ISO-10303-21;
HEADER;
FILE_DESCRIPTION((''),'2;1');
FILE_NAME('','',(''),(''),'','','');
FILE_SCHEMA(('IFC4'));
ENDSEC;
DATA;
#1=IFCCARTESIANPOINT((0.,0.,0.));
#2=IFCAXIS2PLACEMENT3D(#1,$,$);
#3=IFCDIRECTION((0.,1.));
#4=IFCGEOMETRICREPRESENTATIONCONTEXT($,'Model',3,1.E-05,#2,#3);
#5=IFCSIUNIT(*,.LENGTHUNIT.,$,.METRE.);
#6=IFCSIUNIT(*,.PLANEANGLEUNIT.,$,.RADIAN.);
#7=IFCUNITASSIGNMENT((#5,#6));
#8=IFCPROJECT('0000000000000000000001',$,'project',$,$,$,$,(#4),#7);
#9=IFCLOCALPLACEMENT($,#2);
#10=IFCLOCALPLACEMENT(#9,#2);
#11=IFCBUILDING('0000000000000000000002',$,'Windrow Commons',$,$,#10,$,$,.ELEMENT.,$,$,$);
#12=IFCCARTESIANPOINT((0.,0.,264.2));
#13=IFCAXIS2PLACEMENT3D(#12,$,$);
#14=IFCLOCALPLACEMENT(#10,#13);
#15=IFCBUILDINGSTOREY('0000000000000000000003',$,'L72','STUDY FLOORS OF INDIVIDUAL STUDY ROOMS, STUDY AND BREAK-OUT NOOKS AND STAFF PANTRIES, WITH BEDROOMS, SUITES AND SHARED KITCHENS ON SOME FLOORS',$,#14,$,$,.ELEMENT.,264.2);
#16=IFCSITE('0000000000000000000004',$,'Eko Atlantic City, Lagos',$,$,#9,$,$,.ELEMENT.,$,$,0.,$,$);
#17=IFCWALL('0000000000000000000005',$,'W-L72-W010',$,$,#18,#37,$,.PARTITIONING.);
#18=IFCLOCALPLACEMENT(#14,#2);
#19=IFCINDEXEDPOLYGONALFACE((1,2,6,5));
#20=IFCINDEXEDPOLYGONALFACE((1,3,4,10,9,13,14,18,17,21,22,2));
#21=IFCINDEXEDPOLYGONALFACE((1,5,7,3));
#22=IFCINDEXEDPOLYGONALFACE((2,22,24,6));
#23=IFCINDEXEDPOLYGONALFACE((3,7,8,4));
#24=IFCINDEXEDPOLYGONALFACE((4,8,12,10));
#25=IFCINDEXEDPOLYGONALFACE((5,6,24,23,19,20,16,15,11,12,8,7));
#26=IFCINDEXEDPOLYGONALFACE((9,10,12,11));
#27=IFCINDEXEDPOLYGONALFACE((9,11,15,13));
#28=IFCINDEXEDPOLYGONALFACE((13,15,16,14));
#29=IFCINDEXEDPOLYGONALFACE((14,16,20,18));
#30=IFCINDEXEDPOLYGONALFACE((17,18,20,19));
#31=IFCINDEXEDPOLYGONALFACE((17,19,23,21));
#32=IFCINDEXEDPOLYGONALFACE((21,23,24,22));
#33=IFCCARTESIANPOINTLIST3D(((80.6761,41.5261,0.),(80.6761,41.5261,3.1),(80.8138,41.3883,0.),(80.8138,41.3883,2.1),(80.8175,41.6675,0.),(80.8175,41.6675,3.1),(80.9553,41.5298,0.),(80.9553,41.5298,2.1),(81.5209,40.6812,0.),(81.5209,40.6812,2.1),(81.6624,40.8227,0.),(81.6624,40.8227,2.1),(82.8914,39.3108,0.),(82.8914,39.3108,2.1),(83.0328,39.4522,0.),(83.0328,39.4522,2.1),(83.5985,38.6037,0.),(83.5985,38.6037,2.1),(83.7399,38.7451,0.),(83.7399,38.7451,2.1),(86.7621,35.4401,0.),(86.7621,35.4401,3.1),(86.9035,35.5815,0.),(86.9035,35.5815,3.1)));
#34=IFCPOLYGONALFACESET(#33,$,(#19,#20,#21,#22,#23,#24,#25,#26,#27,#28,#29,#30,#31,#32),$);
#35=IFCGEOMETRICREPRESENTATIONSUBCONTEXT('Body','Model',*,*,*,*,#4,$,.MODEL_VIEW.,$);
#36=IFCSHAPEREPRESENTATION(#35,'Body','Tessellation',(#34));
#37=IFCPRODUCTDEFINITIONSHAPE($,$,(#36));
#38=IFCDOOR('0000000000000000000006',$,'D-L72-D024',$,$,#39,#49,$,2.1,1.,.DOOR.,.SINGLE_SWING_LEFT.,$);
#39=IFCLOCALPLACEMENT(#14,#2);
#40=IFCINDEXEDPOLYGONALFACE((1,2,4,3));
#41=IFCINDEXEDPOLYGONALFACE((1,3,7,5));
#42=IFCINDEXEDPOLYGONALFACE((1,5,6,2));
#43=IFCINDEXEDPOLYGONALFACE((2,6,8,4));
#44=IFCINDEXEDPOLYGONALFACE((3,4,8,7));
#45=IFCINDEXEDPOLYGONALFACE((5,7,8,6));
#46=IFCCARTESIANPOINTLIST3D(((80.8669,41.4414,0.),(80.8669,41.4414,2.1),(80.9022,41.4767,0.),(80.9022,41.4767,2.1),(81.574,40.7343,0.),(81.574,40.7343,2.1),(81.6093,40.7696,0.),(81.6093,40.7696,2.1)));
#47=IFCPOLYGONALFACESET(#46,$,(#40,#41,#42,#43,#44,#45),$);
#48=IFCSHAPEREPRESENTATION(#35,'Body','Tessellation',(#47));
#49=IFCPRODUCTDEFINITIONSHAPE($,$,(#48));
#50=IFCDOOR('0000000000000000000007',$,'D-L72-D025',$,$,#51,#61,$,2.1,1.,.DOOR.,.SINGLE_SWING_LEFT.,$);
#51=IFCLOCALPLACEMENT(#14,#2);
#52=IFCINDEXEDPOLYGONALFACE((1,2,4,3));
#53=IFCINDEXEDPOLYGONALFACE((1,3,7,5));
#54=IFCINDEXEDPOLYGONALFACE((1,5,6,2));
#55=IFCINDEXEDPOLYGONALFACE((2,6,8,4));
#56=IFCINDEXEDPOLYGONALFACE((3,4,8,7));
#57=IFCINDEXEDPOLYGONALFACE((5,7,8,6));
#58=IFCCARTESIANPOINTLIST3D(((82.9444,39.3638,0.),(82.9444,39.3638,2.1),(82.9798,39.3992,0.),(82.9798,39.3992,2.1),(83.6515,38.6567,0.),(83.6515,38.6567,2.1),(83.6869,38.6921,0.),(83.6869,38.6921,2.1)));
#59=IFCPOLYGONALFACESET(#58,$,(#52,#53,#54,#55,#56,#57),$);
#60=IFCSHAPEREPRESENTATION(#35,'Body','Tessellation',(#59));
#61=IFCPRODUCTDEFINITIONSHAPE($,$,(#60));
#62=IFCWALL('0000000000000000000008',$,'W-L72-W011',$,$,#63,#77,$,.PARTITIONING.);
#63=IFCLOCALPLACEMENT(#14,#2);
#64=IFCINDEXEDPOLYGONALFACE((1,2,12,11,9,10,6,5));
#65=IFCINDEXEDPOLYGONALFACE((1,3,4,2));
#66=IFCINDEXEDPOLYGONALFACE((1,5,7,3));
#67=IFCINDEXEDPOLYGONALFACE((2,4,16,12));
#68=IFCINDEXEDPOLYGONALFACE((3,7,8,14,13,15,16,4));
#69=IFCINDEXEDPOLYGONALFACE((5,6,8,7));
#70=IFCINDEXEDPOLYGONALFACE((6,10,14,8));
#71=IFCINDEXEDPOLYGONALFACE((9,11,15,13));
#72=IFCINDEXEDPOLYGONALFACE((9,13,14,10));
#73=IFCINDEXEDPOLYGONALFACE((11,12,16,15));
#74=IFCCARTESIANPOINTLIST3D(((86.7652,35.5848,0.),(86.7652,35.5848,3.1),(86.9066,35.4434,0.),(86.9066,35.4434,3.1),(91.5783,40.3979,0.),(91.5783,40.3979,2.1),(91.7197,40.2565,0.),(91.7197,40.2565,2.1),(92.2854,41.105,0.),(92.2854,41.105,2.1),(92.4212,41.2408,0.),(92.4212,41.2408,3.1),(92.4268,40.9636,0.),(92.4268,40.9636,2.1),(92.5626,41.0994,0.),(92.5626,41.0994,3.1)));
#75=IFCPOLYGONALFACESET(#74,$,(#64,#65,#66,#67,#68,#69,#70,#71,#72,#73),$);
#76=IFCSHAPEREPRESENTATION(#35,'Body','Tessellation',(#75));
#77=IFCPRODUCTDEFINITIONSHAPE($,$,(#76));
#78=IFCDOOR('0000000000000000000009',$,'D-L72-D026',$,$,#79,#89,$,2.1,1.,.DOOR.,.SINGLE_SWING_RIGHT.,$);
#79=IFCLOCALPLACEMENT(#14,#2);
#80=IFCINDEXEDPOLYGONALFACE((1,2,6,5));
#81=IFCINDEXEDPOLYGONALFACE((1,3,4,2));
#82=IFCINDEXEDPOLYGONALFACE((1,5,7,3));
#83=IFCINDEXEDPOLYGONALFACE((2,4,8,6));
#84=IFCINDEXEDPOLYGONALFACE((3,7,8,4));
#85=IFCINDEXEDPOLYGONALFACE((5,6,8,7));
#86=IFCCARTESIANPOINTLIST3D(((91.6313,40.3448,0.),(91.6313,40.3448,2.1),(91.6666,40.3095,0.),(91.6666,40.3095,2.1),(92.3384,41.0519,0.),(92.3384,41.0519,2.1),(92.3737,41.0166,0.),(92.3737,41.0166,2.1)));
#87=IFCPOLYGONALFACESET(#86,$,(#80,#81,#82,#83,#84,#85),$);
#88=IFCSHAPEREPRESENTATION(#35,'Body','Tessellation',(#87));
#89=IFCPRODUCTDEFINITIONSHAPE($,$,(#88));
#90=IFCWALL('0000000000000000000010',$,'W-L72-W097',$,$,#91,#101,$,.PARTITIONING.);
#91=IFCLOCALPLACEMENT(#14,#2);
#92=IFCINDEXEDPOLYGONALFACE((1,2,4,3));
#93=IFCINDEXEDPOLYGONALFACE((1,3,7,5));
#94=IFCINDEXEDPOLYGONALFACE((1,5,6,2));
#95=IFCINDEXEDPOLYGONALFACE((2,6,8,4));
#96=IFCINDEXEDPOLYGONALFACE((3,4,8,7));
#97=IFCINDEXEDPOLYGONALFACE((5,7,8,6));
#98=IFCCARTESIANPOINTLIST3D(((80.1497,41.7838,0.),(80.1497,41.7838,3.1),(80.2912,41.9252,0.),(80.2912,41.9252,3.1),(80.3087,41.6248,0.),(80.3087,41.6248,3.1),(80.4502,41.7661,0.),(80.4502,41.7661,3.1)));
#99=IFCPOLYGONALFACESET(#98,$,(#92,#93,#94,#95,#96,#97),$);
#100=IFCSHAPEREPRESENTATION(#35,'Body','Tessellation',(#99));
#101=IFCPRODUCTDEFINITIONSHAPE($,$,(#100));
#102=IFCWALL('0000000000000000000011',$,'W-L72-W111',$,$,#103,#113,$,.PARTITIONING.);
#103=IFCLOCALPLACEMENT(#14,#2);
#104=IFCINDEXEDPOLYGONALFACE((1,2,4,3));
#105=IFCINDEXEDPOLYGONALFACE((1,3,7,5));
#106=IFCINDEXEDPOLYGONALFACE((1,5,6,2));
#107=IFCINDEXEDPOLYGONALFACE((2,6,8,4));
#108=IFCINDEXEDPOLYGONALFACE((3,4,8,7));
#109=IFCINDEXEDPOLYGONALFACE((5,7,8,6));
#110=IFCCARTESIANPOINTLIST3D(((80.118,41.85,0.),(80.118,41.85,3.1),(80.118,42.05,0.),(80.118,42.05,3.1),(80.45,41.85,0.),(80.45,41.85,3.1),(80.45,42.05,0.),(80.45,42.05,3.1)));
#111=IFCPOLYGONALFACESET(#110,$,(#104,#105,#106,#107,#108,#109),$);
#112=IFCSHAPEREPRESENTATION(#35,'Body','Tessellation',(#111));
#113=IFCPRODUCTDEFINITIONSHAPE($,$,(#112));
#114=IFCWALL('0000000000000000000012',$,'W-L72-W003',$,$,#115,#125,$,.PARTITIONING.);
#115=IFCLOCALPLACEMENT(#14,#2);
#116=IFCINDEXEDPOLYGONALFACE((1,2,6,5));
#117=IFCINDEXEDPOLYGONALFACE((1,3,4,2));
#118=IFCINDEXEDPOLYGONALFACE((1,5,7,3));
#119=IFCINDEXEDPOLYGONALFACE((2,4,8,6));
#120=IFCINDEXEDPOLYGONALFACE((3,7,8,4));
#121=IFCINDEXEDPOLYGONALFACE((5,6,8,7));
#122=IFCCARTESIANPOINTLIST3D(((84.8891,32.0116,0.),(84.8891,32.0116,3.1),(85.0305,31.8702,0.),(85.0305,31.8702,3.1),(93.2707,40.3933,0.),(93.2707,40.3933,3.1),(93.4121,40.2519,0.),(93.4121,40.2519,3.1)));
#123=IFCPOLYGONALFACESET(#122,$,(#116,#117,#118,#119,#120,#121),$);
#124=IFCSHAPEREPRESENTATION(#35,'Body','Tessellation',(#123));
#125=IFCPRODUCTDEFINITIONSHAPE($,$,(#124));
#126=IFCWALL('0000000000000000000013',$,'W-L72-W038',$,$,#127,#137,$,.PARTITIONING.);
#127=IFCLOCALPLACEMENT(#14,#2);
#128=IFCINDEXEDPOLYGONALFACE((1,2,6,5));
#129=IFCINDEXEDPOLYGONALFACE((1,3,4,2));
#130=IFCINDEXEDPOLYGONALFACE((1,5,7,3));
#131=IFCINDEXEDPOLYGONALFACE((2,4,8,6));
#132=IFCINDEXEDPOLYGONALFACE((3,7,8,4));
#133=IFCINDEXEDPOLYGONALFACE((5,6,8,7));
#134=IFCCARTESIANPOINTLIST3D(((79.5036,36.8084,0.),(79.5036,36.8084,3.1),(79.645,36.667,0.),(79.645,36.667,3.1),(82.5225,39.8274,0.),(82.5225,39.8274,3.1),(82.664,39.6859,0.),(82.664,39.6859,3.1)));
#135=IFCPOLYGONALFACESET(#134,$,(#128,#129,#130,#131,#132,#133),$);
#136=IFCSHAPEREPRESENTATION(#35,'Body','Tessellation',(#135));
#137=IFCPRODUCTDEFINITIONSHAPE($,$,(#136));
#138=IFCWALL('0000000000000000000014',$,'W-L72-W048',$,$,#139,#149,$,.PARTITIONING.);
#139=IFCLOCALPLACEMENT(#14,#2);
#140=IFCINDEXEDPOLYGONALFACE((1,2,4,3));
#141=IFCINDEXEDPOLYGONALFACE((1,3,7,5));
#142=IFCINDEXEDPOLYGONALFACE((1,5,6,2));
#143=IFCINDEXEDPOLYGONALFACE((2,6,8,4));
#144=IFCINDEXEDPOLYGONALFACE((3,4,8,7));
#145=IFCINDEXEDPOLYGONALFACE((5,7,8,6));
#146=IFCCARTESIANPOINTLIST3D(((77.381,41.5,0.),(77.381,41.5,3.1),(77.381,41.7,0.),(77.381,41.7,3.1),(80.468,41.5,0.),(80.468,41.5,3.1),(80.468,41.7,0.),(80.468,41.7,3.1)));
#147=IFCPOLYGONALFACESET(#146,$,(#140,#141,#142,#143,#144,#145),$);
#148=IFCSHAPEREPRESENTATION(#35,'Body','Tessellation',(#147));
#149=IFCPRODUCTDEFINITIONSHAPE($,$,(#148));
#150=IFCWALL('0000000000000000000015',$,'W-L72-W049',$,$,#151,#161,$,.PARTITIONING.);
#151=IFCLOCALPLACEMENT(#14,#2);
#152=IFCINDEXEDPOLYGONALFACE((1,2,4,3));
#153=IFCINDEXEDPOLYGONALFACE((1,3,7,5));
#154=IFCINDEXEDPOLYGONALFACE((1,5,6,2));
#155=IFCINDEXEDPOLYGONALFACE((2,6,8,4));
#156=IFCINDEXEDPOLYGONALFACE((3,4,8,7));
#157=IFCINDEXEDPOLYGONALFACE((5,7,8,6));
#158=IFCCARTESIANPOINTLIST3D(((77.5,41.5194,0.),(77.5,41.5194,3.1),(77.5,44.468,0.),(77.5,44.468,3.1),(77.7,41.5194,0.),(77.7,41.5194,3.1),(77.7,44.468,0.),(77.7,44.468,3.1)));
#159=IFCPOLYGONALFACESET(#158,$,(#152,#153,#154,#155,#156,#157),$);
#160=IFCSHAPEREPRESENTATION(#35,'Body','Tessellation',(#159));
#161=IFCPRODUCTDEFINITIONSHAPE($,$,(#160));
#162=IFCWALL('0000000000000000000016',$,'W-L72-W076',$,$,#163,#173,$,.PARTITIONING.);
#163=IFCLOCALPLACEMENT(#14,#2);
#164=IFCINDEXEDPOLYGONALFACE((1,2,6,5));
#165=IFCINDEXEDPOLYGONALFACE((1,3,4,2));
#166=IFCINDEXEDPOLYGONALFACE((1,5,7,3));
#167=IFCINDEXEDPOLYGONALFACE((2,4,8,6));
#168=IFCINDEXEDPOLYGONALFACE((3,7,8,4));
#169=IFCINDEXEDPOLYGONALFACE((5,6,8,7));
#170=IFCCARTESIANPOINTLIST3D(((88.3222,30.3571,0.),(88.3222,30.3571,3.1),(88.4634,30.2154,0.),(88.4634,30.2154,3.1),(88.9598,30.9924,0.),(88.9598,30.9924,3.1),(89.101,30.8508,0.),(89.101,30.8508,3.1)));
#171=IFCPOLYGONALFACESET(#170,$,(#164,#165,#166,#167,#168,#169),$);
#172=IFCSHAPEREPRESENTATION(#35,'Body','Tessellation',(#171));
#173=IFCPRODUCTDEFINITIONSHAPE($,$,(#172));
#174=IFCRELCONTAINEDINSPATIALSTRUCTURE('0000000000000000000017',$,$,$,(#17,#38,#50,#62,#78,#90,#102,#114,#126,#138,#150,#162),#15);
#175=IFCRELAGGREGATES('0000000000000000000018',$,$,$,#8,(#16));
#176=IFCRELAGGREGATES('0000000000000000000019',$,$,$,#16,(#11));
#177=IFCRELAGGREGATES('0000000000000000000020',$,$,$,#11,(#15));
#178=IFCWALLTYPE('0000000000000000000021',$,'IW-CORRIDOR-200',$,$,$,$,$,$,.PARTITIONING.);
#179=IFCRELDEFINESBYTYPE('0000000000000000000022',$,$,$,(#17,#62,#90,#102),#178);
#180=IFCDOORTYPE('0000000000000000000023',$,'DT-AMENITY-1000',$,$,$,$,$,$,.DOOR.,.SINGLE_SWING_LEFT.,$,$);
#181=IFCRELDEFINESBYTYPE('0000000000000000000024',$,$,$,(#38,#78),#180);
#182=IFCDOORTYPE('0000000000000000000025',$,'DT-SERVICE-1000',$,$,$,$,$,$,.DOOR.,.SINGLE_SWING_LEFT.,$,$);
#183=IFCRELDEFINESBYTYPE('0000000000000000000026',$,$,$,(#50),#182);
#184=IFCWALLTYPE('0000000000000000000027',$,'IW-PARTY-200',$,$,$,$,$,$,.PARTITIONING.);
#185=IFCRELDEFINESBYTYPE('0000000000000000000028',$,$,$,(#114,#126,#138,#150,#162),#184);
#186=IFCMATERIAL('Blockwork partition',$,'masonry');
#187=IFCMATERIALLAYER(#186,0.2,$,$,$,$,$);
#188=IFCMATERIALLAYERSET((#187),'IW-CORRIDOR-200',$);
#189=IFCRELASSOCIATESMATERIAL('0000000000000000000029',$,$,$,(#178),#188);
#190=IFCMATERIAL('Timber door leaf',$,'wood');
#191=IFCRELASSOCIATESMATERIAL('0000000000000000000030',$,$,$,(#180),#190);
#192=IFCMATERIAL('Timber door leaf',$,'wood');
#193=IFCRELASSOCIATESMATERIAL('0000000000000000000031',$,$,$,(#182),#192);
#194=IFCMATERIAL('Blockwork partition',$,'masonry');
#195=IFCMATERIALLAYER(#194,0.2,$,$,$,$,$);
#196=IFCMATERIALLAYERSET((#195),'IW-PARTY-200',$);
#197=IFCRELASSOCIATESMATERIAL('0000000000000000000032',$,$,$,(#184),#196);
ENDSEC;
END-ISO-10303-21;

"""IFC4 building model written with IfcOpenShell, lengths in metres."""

from ifc_helpers import new_model, si_unit, direction, frame, frame_2d, origin, place, context, subcontext, project, spatial, rectangle, extrude, material, layer, layer_set, type_object, element, fill, save


model = new_model("IFC4")

# Units and contexts
model_context = context("Model", 3, precision=1e-05, world=origin(), true_north=direction((0.0, 1.0)))
body_context = subcontext(model_context, "Body", "Model", "MODEL_VIEW")
ifc_project = project(units=[si_unit("LENGTHUNIT", "METRE"), si_unit("PLANEANGLEUNIT", "RADIAN")], contexts=[model_context])

# Site, building, storey
site_placement = place(None, origin())
site = spatial("IfcSite", under=ifc_project, at=site_placement, Name="Eko Atlantic City, Lagos", CompositionType="ELEMENT", RefElevation=0.0)
building_placement = place(site_placement, origin())
building = spatial("IfcBuilding", under=site, at=building_placement, Name="Windrow Commons", CompositionType="ELEMENT")
storey_placement = place(building_placement, frame((0.0, 0.0, 264.2)))
storey = spatial("IfcBuildingStorey", under=building, at=storey_placement, Name="L72", Description="STUDY FLOORS OF INDIVIDUAL STUDY ROOMS, STUDY AND BREAK-OUT NOOKS AND STAFF PANTRIES, WITH BEDROOMS, SUITES AND SHARED KITCHENS ON SOME FLOORS", CompositionType="ELEMENT", Elevation=264.2)

# Wall, openings, doors
ifc_material_1 = material(Name="Blockwork partition", Category="masonry")
ifc_layer_1 = layer(ifc_material_1, 0.2)
ifc_layer_set_1 = layer_set([ifc_layer_1], Name="IW-CORRIDOR-200")
wall_type_1 = type_object("IfcWallType", Name="IW-CORRIDOR-200", PredefinedType="PARTITIONING", material=ifc_layer_set_1)
wall_1_placement = place(storey_placement, frame((80.7468, 41.5968, 0.0), z_axis=(0.0, 0.0, 1.0), x_axis=(0.707107, -0.707107, 0.0)))
wall_1 = element("IfcWall", 1, at=wall_1_placement, inside=storey, type_object=wall_type_1, Name="W-L72-W010", PredefinedType="PARTITIONING", context=body_context, shape_type="SweptSolid", body=[
    extrude(rectangle(XDim=8.6069, YDim=0.2, at=frame_2d((4.3034, 0.0))), origin(), (0.0, 0.0, 1.0), 3.1),
])
opening_1_placement = place(wall_1_placement, frame((0.1948, 0.0, 0.0)))
opening_1 = element("IfcOpeningElement", 2, at=opening_1_placement, cuts=wall_1, PredefinedType="OPENING", context=body_context, shape_type="SweptSolid", body=[
    extrude(rectangle(XDim=1.0, YDim=2.1, at=frame_2d((0.5, 1.05))), frame((0.0, 0.11, 0.0), z_axis=(0.0, -1.0, 0.0), x_axis=(1.0, 0.0, 0.0)), (0.0, 0.0, 1.0), 0.22),
])
opening_2_placement = place(wall_1_placement, frame((3.1329, 0.0, 0.0)))
opening_2 = element("IfcOpeningElement", 3, at=opening_2_placement, cuts=wall_1, PredefinedType="OPENING", context=body_context, shape_type="SweptSolid", body=[
    extrude(rectangle(XDim=1.0, YDim=2.1, at=frame_2d((0.5, 1.05))), frame((0.0, 0.11, 0.0), z_axis=(0.0, -1.0, 0.0), x_axis=(1.0, 0.0, 0.0)), (0.0, 0.0, 1.0), 0.22),
])
ifc_material_2 = material(Name="Timber door leaf", Category="wood")
door_type_1 = type_object("IfcDoorType", Name="DT-AMENITY-1000", OperationType="SINGLE_SWING_LEFT", PredefinedType="DOOR", material=ifc_material_2)
door_1_placement = place(opening_1_placement, origin())
door_1 = element("IfcDoor", 4, at=door_1_placement, inside=storey, type_object=door_type_1, Name="D-L72-D024", OperationType="SINGLE_SWING_LEFT", OverallHeight=2.1, OverallWidth=1.0, PredefinedType="DOOR", context=body_context, shape_type="SweptSolid", body=[
    extrude(rectangle(XDim=1.0, YDim=2.1, at=frame_2d((0.5, 1.05))), frame((0.0, 0.025, 0.0), z_axis=(0.0, -1.0, 0.0), x_axis=(1.0, 0.0, 0.0)), (0.0, 0.0, 1.0), 0.05),
])
fill(opening_1, door_1)
ifc_material_3 = material(Name="Timber door leaf", Category="wood")
door_type_2 = type_object("IfcDoorType", Name="DT-SERVICE-1000", OperationType="SINGLE_SWING_LEFT", PredefinedType="DOOR", material=ifc_material_3)
door_2_placement = place(opening_2_placement, origin())
door_2 = element("IfcDoor", 5, at=door_2_placement, inside=storey, type_object=door_type_2, Name="D-L72-D025", OperationType="SINGLE_SWING_LEFT", OverallHeight=2.1, OverallWidth=1.0, PredefinedType="DOOR", context=body_context, shape_type="SweptSolid", body=[
    extrude(rectangle(XDim=1.0, YDim=2.1, at=frame_2d((0.5, 1.05))), frame((0.0, 0.025, 0.0), z_axis=(0.0, -1.0, 0.0), x_axis=(1.0, 0.0, 0.0)), (0.0, 0.0, 1.0), 0.05),
])
fill(opening_2, door_2)

# Wall, opening, door
wall_2_placement = place(storey_placement, frame((86.8359, 35.5141, 0.0), z_axis=(0.0, 0.0, 1.0), x_axis=(0.707107, 0.707107, 0.0)))
wall_2 = element("IfcWall", 6, at=wall_2_placement, inside=storey, type_object=wall_type_1, Name="W-L72-W011", PredefinedType="PARTITIONING", context=body_context, shape_type="SweptSolid", body=[
    extrude(rectangle(XDim=7.9988, YDim=0.2, at=frame_2d((3.9994, 0.0))), origin(), (0.0, 0.0, 1.0), 3.1),
])
opening_3_placement = place(wall_2_placement, frame((6.8067, 0.0, 0.0)))
opening_3 = element("IfcOpeningElement", 7, at=opening_3_placement, cuts=wall_2, PredefinedType="OPENING", context=body_context, shape_type="SweptSolid", body=[
    extrude(rectangle(XDim=1.0, YDim=2.1, at=frame_2d((0.5, 1.05))), frame((0.0, 0.11, 0.0), z_axis=(0.0, -1.0, 0.0), x_axis=(1.0, 0.0, 0.0)), (0.0, 0.0, 1.0), 0.22),
])
door_3_placement = place(opening_3_placement, origin())
door_3 = element("IfcDoor", 8, at=door_3_placement, inside=storey, type_object=door_type_1, Name="D-L72-D026", OperationType="SINGLE_SWING_RIGHT", OverallHeight=2.1, OverallWidth=1.0, PredefinedType="DOOR", context=body_context, shape_type="SweptSolid", body=[
    extrude(rectangle(XDim=1.0, YDim=2.1, at=frame_2d((0.5, 1.05))), frame((0.0, 0.025, 0.0), z_axis=(0.0, -1.0, 0.0), x_axis=(1.0, 0.0, 0.0)), (0.0, 0.0, 1.0), 0.05),
])
fill(opening_3, door_3)

# Walls
wall_3_placement = place(storey_placement, frame((80.2205, 41.8545, 0.0), z_axis=(0.0, 0.0, 1.0), x_axis=(0.706884, -0.707329, 0.0)))
element("IfcWall", 9, at=wall_3_placement, inside=storey, type_object=wall_type_1, Name="W-L72-W097", PredefinedType="PARTITIONING", context=body_context, shape_type="SweptSolid", body=[
    extrude(rectangle(XDim=0.2249, YDim=0.2, at=frame_2d((0.1124, 0.0))), origin(), (0.0, 0.0, 1.0), 3.1),
])
wall_4_placement = place(storey_placement, frame((80.118, 41.95, 0.0), z_axis=(0.0, 0.0, 1.0), x_axis=(1.0, 0.0, 0.0)))
element("IfcWall", 10, at=wall_4_placement, inside=storey, type_object=wall_type_1, Name="W-L72-W111", PredefinedType="PARTITIONING", context=body_context, shape_type="SweptSolid", body=[
    extrude(rectangle(XDim=0.332, YDim=0.2, at=frame_2d((0.166, 0.0))), origin(), (0.0, 0.0, 1.0), 3.1),
])
ifc_material_4 = material(Name="Blockwork partition", Category="masonry")
ifc_layer_2 = layer(ifc_material_4, 0.2)
ifc_layer_set_2 = layer_set([ifc_layer_2], Name="IW-PARTY-200")
wall_type_2 = type_object("IfcWallType", Name="IW-PARTY-200", PredefinedType="PARTITIONING", material=ifc_layer_set_2)
wall_5_placement = place(storey_placement, frame((84.9598, 31.9409, 0.0), z_axis=(0.0, 0.0, 1.0), x_axis=(0.707103, 0.707111, 0.0)))
element("IfcWall", 11, at=wall_5_placement, inside=storey, type_object=wall_type_2, Name="W-L72-W003", PredefinedType="PARTITIONING", context=body_context, shape_type="SweptSolid", body=[
    extrude(rectangle(XDim=11.8534, YDim=0.2, at=frame_2d((5.9267, 0.0))), origin(), (0.0, 0.0, 1.0), 3.1),
])
wall_6_placement = place(storey_placement, frame((79.5743, 36.7377, 0.0), z_axis=(0.0, 0.0, 1.0), x_axis=(0.707107, 0.707107, 0.0)))
element("IfcWall", 12, at=wall_6_placement, inside=storey, type_object=wall_type_2, Name="W-L72-W038", PredefinedType="PARTITIONING", context=body_context, shape_type="SweptSolid", body=[
    extrude(rectangle(XDim=4.2695, YDim=0.2, at=frame_2d((2.1347, 0.0))), origin(), (0.0, 0.0, 1.0), 3.1),
])
wall_7_placement = place(storey_placement, frame((77.3811, 41.6, 0.0), z_axis=(0.0, 0.0, 1.0), x_axis=(1.0, 0.0, 0.0)))
element("IfcWall", 13, at=wall_7_placement, inside=storey, type_object=wall_type_2, Name="W-L72-W048", PredefinedType="PARTITIONING", context=body_context, shape_type="SweptSolid", body=[
    extrude(rectangle(XDim=3.0869, YDim=0.2, at=frame_2d((1.5434, 0.0))), origin(), (0.0, 0.0, 1.0), 3.1),
])
wall_8_placement = place(storey_placement, frame((77.6, 41.5193, 0.0), z_axis=(0.0, 0.0, 1.0), x_axis=(0.0, 1.0, 0.0)))
element("IfcWall", 14, at=wall_8_placement, inside=storey, type_object=wall_type_2, Name="W-L72-W049", PredefinedType="PARTITIONING", context=body_context, shape_type="SweptSolid", body=[
    extrude(rectangle(XDim=2.9487, YDim=0.2, at=frame_2d((1.4744, 0.0))), origin(), (0.0, 0.0, 1.0), 3.1),
])
wall_9_placement = place(storey_placement, frame((88.3928, 30.2862, 0.0), z_axis=(0.0, 0.0, 1.0), x_axis=(0.708328, 0.705884, 0.0)))
element("IfcWall", 15, at=wall_9_placement, inside=storey, type_object=wall_type_2, Name="W-L72-W076", PredefinedType="PARTITIONING", context=body_context, shape_type="SweptSolid", body=[
    extrude(rectangle(XDim=0.9001, YDim=0.2, at=frame_2d((0.4501, 0.0))), origin(), (0.0, 0.0, 1.0), 3.1),
])

save(model, "model.ifc")
